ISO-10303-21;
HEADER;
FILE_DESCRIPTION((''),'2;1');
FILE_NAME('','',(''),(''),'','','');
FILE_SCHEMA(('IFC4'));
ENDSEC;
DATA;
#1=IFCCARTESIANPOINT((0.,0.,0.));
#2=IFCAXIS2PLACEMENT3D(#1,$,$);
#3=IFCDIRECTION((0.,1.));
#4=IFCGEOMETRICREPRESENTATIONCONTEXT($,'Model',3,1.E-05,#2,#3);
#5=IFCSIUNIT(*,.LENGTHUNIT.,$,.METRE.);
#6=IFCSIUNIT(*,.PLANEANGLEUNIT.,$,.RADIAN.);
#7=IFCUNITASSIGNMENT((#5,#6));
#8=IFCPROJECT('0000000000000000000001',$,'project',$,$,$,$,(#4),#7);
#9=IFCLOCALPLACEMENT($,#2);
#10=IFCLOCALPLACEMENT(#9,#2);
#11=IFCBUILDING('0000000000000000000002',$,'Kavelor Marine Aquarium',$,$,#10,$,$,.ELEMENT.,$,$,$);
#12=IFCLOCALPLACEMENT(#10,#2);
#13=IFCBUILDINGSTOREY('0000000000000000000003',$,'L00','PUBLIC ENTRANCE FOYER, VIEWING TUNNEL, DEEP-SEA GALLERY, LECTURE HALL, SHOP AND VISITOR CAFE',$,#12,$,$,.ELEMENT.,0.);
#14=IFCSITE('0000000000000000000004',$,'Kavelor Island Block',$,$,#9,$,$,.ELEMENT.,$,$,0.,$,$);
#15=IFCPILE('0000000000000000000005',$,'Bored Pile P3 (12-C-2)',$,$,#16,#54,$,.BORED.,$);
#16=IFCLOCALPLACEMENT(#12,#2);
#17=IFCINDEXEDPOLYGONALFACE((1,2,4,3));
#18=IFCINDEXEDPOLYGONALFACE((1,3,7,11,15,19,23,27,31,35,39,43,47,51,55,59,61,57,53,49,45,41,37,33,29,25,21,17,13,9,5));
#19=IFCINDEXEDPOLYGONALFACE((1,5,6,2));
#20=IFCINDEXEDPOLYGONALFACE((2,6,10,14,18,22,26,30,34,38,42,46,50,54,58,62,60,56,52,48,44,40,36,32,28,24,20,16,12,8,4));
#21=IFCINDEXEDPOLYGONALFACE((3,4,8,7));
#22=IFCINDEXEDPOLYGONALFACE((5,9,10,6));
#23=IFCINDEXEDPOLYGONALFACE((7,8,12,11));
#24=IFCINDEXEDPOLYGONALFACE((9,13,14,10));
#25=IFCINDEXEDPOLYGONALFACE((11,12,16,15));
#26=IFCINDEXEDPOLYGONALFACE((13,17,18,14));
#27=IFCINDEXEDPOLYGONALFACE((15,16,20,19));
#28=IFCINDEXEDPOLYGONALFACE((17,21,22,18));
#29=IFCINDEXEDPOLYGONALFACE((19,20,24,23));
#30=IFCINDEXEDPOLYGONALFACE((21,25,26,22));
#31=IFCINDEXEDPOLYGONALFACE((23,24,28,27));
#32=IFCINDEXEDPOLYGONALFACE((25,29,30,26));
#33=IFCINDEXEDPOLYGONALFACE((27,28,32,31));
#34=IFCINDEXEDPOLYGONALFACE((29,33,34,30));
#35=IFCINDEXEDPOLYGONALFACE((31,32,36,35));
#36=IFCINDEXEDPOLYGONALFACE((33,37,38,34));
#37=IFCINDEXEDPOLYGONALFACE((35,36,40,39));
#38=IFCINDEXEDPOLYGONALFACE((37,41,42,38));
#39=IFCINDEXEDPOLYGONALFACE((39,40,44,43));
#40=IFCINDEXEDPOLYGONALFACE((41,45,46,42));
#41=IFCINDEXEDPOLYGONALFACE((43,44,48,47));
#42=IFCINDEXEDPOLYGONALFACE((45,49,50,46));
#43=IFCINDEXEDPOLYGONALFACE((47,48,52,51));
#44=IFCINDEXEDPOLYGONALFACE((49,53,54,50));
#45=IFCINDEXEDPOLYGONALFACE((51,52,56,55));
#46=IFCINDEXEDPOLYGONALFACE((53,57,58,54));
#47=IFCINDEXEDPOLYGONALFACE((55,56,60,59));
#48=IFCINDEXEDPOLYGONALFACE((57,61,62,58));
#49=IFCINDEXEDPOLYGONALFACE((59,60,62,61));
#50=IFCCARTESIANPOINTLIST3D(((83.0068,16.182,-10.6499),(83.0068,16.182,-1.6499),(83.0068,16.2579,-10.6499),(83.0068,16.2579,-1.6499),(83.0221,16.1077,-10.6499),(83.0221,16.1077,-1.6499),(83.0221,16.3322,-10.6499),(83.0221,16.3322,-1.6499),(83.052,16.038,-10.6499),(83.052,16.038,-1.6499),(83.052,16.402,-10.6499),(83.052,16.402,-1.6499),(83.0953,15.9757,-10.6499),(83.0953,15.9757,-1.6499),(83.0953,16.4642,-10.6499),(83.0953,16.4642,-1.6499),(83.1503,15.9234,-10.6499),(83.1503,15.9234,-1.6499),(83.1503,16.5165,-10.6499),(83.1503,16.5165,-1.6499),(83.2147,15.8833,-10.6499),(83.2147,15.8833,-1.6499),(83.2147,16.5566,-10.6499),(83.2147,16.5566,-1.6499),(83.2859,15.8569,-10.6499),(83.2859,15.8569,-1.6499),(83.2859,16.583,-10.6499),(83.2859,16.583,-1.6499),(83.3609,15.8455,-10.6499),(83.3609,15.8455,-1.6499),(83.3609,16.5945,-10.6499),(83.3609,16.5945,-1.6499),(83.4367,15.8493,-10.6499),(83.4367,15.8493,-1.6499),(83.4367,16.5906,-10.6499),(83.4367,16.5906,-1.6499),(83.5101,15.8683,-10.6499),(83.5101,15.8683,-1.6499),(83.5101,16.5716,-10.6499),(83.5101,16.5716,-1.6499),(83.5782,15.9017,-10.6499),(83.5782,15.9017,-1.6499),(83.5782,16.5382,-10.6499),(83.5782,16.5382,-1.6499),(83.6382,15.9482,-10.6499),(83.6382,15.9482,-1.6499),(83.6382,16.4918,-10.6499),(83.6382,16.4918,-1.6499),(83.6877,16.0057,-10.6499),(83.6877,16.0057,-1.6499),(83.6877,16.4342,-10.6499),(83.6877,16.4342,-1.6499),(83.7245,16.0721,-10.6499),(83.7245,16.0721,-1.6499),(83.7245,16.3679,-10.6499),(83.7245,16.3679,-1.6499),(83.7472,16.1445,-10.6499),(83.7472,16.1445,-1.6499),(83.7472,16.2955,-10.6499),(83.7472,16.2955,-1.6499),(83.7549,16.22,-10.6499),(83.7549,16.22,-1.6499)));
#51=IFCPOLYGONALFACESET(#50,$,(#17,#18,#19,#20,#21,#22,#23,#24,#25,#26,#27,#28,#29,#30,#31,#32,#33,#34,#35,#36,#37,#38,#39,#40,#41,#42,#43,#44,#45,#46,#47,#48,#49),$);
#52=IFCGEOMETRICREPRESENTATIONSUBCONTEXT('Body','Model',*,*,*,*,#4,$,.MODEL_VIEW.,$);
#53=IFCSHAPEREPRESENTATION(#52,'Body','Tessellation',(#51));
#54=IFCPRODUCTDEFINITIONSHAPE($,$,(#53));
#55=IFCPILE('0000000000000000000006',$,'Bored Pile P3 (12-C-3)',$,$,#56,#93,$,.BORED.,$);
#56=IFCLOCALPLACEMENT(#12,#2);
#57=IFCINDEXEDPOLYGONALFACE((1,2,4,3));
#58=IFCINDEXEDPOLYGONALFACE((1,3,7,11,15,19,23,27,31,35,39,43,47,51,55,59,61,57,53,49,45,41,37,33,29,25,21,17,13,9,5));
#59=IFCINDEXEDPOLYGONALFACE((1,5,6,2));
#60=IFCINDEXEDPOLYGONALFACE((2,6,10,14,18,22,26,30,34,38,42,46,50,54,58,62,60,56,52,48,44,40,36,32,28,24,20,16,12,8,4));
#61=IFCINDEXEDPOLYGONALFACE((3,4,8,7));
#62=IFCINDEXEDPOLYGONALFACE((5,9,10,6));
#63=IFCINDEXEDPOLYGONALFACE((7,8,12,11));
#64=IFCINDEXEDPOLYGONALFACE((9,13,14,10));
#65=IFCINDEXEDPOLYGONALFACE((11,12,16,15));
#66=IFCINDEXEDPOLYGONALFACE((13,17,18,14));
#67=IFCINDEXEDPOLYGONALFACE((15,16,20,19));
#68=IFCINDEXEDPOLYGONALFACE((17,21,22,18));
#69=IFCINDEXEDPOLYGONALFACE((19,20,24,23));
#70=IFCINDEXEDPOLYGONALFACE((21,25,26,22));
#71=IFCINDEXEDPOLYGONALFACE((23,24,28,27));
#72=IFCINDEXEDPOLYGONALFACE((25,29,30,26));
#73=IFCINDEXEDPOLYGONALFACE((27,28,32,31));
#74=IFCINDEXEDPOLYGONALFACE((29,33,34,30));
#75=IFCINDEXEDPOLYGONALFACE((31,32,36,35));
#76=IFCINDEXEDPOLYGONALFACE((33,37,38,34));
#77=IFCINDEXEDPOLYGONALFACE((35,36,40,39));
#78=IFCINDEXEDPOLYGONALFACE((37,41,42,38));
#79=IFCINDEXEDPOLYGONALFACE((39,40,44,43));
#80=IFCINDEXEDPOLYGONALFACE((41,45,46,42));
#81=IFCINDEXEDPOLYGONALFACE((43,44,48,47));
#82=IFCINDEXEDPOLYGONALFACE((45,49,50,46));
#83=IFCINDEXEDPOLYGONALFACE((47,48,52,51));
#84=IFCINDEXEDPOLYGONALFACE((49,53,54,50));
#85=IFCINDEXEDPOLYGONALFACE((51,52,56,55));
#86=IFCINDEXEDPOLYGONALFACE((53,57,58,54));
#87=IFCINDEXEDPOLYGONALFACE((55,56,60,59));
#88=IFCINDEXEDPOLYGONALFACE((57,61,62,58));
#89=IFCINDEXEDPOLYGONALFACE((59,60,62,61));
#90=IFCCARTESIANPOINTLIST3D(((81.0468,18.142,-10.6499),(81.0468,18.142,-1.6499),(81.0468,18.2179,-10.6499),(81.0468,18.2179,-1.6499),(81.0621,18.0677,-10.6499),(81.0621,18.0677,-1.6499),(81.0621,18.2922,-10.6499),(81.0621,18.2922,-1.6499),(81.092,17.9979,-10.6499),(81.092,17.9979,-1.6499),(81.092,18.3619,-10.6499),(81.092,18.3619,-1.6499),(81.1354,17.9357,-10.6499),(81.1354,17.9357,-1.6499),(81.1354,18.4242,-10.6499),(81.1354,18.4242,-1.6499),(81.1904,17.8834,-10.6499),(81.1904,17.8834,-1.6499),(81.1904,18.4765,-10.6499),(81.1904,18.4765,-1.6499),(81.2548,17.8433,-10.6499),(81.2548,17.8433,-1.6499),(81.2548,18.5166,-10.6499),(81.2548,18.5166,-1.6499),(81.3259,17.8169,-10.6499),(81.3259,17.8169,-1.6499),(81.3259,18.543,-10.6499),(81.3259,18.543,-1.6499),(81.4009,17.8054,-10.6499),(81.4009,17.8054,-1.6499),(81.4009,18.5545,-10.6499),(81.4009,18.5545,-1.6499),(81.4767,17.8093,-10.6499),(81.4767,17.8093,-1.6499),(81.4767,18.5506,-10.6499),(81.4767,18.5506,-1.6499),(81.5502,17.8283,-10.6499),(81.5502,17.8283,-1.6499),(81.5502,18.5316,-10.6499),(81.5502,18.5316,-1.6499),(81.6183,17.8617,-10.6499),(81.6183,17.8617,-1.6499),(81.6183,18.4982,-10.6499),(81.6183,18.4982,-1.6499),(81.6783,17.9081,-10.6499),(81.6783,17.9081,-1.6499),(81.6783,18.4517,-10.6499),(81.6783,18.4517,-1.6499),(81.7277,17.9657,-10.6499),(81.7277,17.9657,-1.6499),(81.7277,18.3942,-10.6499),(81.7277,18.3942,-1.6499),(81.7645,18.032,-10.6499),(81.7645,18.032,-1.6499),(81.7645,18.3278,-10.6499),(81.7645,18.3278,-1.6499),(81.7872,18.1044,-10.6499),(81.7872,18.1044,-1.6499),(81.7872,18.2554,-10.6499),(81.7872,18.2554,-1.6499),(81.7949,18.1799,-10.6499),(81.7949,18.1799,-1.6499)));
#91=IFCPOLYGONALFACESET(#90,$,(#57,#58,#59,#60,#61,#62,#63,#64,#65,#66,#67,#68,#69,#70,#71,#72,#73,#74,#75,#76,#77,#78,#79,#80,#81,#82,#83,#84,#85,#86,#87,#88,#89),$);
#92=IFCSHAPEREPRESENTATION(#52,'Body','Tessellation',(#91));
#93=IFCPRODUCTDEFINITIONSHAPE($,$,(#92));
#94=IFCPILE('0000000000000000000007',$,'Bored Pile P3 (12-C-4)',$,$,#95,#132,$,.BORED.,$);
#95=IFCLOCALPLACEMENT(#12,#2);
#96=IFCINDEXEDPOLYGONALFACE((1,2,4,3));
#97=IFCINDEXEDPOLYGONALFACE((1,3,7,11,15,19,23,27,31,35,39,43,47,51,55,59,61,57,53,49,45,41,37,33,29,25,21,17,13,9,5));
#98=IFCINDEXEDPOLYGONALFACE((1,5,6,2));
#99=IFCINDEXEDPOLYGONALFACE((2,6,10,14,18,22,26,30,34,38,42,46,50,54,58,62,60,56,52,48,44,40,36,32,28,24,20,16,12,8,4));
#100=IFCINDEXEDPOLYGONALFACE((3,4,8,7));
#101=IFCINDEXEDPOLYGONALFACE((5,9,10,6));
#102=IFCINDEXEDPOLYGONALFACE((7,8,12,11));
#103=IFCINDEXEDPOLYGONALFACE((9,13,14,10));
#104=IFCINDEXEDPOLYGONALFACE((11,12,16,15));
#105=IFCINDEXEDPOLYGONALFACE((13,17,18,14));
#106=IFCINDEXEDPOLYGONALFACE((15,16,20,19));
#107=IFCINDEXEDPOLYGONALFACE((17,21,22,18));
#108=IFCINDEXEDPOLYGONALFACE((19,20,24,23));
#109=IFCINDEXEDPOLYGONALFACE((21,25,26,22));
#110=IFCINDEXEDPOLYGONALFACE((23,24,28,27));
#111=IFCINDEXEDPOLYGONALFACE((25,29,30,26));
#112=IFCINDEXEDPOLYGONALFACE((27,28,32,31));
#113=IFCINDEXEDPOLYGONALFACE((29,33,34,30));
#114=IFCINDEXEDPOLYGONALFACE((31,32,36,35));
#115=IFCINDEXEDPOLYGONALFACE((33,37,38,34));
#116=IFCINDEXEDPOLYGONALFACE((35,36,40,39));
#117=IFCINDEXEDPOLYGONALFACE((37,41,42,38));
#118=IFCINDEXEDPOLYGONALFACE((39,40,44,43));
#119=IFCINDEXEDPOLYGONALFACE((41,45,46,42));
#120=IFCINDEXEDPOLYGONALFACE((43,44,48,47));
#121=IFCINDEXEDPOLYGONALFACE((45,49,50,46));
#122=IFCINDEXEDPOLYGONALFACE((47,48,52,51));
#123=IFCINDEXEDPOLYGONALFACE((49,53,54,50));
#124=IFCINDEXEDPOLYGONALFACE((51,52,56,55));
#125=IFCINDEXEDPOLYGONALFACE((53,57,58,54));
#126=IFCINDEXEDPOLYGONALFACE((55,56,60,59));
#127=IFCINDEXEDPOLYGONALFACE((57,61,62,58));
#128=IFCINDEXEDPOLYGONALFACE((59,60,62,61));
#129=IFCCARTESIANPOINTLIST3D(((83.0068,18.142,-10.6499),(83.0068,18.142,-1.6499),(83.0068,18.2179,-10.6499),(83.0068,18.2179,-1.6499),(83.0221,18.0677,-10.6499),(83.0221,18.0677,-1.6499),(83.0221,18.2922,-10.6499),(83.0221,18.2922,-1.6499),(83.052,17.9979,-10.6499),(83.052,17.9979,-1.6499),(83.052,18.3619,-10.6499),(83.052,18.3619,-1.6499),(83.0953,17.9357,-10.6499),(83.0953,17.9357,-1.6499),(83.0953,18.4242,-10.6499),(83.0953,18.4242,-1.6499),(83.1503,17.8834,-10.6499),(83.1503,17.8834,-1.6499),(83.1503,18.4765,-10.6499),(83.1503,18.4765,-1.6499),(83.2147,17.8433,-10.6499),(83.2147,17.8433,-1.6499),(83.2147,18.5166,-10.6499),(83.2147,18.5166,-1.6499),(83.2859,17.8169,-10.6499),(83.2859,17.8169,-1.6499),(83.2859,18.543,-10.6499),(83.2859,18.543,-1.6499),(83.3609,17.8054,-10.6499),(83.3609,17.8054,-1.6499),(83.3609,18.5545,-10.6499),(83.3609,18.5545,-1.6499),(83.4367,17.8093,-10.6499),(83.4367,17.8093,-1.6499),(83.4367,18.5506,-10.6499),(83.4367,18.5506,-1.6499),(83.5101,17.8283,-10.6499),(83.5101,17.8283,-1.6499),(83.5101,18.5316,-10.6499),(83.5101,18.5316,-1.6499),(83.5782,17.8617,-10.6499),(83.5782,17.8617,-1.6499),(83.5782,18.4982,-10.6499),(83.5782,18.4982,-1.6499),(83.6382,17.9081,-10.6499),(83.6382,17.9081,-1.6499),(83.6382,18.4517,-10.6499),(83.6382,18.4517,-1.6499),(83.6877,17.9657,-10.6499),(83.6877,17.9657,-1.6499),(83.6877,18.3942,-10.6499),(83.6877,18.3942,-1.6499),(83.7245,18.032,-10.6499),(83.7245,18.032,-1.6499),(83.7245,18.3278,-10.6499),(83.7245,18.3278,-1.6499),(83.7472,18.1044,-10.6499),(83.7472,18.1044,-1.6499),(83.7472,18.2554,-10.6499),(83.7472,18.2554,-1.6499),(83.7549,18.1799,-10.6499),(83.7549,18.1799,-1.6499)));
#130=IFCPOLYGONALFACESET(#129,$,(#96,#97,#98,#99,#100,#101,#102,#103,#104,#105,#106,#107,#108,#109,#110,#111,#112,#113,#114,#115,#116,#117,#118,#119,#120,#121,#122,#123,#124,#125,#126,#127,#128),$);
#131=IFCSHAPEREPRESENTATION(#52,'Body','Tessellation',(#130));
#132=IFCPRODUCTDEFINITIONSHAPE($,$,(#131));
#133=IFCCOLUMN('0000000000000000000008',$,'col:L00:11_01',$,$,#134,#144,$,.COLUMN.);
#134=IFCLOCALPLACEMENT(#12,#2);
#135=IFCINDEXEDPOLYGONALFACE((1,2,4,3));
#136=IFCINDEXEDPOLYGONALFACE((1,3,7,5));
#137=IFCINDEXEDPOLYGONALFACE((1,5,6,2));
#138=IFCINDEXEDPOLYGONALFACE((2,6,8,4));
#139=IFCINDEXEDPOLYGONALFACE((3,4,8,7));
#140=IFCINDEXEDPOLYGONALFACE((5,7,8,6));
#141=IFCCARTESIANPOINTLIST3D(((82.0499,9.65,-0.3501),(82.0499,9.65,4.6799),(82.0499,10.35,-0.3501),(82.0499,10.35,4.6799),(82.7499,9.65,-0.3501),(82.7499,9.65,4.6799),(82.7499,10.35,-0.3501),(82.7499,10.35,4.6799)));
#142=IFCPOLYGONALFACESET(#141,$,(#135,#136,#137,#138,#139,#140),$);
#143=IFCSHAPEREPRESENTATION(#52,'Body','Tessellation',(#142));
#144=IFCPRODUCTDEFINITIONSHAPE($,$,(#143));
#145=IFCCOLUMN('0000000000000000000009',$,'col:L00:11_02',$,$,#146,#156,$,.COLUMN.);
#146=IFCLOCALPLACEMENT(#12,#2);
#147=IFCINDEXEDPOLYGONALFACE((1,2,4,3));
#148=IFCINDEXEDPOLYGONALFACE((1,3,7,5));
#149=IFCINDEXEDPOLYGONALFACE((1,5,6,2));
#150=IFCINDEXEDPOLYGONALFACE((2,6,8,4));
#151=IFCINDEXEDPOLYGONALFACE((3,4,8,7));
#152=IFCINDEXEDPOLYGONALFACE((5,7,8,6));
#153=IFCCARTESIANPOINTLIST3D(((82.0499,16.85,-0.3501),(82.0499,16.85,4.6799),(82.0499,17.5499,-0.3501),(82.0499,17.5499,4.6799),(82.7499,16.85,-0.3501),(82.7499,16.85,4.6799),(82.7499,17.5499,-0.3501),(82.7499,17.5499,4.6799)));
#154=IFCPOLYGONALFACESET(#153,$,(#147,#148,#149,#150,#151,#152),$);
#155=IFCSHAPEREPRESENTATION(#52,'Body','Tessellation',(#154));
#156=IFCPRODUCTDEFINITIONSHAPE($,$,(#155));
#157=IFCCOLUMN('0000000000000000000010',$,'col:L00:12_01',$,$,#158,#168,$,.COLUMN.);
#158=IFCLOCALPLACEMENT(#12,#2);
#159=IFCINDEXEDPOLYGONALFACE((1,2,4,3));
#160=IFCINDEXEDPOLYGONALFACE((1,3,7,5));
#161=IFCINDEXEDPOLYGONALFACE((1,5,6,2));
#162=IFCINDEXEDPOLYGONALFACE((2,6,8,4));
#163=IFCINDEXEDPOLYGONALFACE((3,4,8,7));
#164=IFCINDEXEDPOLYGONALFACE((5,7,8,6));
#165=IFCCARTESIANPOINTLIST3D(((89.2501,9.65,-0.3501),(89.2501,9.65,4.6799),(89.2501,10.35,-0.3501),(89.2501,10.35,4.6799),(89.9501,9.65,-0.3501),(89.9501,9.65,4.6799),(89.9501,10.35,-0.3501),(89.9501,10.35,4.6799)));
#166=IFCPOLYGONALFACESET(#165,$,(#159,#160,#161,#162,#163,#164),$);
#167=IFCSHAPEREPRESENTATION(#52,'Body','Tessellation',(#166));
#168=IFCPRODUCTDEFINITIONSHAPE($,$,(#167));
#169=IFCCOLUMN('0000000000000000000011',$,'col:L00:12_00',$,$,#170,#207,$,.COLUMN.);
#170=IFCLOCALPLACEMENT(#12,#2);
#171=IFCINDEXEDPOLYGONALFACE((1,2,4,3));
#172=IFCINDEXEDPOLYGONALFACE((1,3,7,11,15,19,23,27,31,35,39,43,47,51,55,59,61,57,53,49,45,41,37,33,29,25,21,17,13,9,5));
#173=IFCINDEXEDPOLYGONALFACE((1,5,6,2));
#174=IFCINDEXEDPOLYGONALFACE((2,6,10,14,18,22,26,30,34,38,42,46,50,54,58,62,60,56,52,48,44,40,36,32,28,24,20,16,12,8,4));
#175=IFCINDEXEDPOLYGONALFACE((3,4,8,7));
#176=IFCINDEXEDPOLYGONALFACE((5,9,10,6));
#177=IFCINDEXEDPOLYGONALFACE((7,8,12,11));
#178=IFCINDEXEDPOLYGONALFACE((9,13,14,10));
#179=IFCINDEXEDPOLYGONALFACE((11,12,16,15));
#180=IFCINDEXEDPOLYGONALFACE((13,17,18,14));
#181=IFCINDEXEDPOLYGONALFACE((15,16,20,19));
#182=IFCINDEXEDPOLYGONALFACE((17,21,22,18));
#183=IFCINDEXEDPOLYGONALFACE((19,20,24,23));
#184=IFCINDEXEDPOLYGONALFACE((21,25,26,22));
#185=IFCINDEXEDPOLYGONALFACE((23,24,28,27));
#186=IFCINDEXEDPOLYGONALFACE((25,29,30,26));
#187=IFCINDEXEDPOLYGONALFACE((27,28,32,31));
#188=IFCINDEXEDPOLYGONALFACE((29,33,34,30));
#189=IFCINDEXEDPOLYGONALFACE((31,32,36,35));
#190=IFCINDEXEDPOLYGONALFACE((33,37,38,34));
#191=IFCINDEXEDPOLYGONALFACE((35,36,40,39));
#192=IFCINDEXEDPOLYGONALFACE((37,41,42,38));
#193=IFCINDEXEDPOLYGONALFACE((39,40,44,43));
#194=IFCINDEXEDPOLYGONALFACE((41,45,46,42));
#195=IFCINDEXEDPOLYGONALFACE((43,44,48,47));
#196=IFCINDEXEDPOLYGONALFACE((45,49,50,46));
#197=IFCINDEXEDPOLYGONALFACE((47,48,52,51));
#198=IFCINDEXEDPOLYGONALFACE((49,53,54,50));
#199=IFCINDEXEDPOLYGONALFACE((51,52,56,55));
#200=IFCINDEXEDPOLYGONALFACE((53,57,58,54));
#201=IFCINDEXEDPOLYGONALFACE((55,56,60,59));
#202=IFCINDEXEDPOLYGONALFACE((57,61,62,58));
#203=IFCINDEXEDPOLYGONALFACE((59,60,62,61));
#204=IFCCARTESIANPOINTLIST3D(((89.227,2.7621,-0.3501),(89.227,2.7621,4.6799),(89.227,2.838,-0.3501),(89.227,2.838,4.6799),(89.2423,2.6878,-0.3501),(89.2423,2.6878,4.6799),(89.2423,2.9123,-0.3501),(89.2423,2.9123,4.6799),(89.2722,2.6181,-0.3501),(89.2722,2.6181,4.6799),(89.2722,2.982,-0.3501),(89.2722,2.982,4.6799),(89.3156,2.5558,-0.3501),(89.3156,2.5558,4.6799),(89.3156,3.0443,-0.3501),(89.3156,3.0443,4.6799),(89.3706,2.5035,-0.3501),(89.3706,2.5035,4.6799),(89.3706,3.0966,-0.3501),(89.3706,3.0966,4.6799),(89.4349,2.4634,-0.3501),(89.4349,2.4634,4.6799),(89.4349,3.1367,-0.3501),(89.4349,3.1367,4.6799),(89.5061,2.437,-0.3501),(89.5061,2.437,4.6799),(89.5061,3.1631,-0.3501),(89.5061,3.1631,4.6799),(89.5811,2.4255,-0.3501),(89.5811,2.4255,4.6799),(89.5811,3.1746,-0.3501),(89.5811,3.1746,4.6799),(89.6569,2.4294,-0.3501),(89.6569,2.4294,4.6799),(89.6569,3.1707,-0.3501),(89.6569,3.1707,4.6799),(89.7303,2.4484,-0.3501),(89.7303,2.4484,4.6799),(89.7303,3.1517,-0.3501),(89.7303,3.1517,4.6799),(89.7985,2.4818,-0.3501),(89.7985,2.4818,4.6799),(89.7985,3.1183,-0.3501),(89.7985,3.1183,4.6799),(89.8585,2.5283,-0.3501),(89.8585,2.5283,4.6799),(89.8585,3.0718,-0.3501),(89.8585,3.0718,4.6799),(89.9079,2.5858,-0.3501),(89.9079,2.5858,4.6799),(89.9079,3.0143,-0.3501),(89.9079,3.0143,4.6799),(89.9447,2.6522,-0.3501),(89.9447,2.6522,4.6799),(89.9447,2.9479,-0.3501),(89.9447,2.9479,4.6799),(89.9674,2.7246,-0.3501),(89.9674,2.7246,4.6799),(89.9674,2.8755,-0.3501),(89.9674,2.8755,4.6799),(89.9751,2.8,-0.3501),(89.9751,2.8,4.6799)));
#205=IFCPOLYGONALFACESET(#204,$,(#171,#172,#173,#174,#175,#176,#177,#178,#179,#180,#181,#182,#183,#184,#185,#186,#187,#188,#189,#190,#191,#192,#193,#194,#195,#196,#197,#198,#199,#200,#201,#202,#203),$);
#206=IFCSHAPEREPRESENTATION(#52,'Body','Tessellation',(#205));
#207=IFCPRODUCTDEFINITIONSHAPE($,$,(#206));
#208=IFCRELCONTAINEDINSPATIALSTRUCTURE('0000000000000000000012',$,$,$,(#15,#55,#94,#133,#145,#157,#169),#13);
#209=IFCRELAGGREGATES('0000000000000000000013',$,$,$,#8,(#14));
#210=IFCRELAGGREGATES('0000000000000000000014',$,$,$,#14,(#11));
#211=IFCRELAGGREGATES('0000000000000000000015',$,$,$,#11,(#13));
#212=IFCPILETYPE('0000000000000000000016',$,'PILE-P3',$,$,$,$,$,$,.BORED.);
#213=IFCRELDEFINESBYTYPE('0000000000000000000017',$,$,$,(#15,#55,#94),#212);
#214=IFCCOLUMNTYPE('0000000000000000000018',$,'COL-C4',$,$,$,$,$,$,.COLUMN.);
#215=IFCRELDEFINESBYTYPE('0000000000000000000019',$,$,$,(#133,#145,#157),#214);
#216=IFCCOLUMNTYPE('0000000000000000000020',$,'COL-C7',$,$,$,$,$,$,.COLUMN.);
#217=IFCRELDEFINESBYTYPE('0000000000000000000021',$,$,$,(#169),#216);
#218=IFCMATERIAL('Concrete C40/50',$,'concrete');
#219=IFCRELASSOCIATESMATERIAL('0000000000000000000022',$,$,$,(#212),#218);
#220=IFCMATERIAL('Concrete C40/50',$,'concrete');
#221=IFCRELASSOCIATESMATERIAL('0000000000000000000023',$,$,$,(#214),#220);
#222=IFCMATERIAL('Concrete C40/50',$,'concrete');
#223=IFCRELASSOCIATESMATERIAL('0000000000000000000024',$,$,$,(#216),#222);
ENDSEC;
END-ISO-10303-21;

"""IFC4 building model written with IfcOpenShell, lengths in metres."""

from ifc_helpers import new_model, si_unit, direction, frame, origin, origin_2d, place, context, subcontext, project, spatial, rectangle, circle, extrude, material, material_profile, profile_set, type_object, element, save


model = new_model("IFC4")

# Units and contexts
model_context = context("Model", 3, precision=1e-05, world=origin(), true_north=direction((0.0, 1.0)))
body_context = subcontext(model_context, "Body", "Model", "MODEL_VIEW")
ifc_project = project(units=[si_unit("LENGTHUNIT", "METRE"), si_unit("PLANEANGLEUNIT", "RADIAN")], contexts=[model_context])

# Site, building, storey
site_placement = place(None, origin())
site = spatial("IfcSite", under=ifc_project, at=site_placement, Name="Kavelor Island Block", CompositionType="ELEMENT", RefElevation=0.0)
building_placement = place(site_placement, origin())
building = spatial("IfcBuilding", under=site, at=building_placement, Name="Kavelor Marine Aquarium", CompositionType="ELEMENT")
storey_placement = place(building_placement, origin())
storey = spatial("IfcBuildingStorey", under=building, at=storey_placement, Name="L00", Description="PUBLIC ENTRANCE FOYER, VIEWING TUNNEL, DEEP-SEA GALLERY, LECTURE HALL, SHOP AND VISITOR CAFE", CompositionType="ELEMENT", Elevation=0.0)

# Piles
ifc_material_1 = material(Name="Concrete C40/50", Category="concrete")
ifc_material_profile_1 = material_profile(ifc_material_1, circle(Radius=0.375, at=origin_2d()), Name="PILE D750")
ifc_profile_set_1 = profile_set([ifc_material_profile_1], Name="Concrete C40/50")
pile_type_1 = type_object("IfcPileType", Name="PILE-P3", PredefinedType="BORED", material=ifc_profile_set_1)
for number, where, z_axis, x_axis, name in (
    (1, (83.3799, 16.22, -1.6499), (0.0, 0.0, -1.0), (1.0, 0.0, 0.0), "Bored Pile P3 (12-C-2)"),
    (2, (81.4199, 18.1799, -1.6499), (0.0, 0.0, -1.0), (1.0, 0.0, 0.0), "Bored Pile P3 (12-C-3)"),
    (3, (83.3799, 18.1799, -1.6499), (0.0, 0.0, -1.0), (1.0, 0.0, 0.0), "Bored Pile P3 (12-C-4)"),
):
    element("IfcPile", number, at=place(storey_placement, frame(where, z_axis=z_axis, x_axis=x_axis)), inside=storey, type_object=pile_type_1, Name=name, PredefinedType="BORED", context=body_context, shape_type="SweptSolid", body=[
        extrude(circle(Radius=0.375, at=origin_2d()), origin(), (0.0, 0.0, 1.0), 9.0),
    ])

# Columns
ifc_material_2 = material(Name="Concrete C40/50", Category="concrete")
ifc_material_profile_2 = material_profile(ifc_material_2, rectangle(XDim=0.7, YDim=0.7, at=origin_2d()), Name="RC-COL 700x700")
ifc_profile_set_2 = profile_set([ifc_material_profile_2], Name="Concrete C40/50")
column_type_1 = type_object("IfcColumnType", Name="COL-C4", PredefinedType="COLUMN", material=ifc_profile_set_2)
for number, where, z_axis, x_axis, name in (
    (4, (82.3999, 10.0, -0.3501), (0.0, 0.0, 1.0), (1.0, 0.0, 0.0), "col:L00:11_01"),
    (5, (82.3999, 17.2, -0.3501), (0.0, 0.0, 1.0), (1.0, 0.0, 0.0), "col:L00:11_02"),
    (6, (89.6001, 10.0, -0.3501), (0.0, 0.0, 1.0), (1.0, 0.0, 0.0), "col:L00:12_01"),
):
    element("IfcColumn", number, at=place(storey_placement, frame(where, z_axis=z_axis, x_axis=x_axis)), inside=storey, type_object=column_type_1, Name=name, PredefinedType="COLUMN", context=body_context, shape_type="SweptSolid", body=[
        extrude(rectangle(XDim=0.7, YDim=0.7, at=origin_2d()), origin(), (0.0, 0.0, 1.0), 5.03),
    ])
ifc_material_3 = material(Name="Concrete C40/50", Category="concrete")
ifc_material_profile_3 = material_profile(ifc_material_3, circle(Radius=0.375, at=origin_2d()), Name="RC-COL D750")
ifc_profile_set_3 = profile_set([ifc_material_profile_3], Name="Concrete C40/50")
column_type_2 = type_object("IfcColumnType", Name="COL-C7", PredefinedType="COLUMN", material=ifc_profile_set_3)
column_placement = place(storey_placement, frame((89.6001, 2.8, -0.3501), z_axis=(0.0, 0.0, 1.0), x_axis=(1.0, 0.0, 0.0)))
element("IfcColumn", 7, at=column_placement, inside=storey, type_object=column_type_2, Name="col:L00:12_00", PredefinedType="COLUMN", context=body_context, shape_type="SweptSolid", body=[
    extrude(circle(Radius=0.375, at=origin_2d()), origin(), (0.0, 0.0, 1.0), 5.03),
])

save(model, "model.ifc")
